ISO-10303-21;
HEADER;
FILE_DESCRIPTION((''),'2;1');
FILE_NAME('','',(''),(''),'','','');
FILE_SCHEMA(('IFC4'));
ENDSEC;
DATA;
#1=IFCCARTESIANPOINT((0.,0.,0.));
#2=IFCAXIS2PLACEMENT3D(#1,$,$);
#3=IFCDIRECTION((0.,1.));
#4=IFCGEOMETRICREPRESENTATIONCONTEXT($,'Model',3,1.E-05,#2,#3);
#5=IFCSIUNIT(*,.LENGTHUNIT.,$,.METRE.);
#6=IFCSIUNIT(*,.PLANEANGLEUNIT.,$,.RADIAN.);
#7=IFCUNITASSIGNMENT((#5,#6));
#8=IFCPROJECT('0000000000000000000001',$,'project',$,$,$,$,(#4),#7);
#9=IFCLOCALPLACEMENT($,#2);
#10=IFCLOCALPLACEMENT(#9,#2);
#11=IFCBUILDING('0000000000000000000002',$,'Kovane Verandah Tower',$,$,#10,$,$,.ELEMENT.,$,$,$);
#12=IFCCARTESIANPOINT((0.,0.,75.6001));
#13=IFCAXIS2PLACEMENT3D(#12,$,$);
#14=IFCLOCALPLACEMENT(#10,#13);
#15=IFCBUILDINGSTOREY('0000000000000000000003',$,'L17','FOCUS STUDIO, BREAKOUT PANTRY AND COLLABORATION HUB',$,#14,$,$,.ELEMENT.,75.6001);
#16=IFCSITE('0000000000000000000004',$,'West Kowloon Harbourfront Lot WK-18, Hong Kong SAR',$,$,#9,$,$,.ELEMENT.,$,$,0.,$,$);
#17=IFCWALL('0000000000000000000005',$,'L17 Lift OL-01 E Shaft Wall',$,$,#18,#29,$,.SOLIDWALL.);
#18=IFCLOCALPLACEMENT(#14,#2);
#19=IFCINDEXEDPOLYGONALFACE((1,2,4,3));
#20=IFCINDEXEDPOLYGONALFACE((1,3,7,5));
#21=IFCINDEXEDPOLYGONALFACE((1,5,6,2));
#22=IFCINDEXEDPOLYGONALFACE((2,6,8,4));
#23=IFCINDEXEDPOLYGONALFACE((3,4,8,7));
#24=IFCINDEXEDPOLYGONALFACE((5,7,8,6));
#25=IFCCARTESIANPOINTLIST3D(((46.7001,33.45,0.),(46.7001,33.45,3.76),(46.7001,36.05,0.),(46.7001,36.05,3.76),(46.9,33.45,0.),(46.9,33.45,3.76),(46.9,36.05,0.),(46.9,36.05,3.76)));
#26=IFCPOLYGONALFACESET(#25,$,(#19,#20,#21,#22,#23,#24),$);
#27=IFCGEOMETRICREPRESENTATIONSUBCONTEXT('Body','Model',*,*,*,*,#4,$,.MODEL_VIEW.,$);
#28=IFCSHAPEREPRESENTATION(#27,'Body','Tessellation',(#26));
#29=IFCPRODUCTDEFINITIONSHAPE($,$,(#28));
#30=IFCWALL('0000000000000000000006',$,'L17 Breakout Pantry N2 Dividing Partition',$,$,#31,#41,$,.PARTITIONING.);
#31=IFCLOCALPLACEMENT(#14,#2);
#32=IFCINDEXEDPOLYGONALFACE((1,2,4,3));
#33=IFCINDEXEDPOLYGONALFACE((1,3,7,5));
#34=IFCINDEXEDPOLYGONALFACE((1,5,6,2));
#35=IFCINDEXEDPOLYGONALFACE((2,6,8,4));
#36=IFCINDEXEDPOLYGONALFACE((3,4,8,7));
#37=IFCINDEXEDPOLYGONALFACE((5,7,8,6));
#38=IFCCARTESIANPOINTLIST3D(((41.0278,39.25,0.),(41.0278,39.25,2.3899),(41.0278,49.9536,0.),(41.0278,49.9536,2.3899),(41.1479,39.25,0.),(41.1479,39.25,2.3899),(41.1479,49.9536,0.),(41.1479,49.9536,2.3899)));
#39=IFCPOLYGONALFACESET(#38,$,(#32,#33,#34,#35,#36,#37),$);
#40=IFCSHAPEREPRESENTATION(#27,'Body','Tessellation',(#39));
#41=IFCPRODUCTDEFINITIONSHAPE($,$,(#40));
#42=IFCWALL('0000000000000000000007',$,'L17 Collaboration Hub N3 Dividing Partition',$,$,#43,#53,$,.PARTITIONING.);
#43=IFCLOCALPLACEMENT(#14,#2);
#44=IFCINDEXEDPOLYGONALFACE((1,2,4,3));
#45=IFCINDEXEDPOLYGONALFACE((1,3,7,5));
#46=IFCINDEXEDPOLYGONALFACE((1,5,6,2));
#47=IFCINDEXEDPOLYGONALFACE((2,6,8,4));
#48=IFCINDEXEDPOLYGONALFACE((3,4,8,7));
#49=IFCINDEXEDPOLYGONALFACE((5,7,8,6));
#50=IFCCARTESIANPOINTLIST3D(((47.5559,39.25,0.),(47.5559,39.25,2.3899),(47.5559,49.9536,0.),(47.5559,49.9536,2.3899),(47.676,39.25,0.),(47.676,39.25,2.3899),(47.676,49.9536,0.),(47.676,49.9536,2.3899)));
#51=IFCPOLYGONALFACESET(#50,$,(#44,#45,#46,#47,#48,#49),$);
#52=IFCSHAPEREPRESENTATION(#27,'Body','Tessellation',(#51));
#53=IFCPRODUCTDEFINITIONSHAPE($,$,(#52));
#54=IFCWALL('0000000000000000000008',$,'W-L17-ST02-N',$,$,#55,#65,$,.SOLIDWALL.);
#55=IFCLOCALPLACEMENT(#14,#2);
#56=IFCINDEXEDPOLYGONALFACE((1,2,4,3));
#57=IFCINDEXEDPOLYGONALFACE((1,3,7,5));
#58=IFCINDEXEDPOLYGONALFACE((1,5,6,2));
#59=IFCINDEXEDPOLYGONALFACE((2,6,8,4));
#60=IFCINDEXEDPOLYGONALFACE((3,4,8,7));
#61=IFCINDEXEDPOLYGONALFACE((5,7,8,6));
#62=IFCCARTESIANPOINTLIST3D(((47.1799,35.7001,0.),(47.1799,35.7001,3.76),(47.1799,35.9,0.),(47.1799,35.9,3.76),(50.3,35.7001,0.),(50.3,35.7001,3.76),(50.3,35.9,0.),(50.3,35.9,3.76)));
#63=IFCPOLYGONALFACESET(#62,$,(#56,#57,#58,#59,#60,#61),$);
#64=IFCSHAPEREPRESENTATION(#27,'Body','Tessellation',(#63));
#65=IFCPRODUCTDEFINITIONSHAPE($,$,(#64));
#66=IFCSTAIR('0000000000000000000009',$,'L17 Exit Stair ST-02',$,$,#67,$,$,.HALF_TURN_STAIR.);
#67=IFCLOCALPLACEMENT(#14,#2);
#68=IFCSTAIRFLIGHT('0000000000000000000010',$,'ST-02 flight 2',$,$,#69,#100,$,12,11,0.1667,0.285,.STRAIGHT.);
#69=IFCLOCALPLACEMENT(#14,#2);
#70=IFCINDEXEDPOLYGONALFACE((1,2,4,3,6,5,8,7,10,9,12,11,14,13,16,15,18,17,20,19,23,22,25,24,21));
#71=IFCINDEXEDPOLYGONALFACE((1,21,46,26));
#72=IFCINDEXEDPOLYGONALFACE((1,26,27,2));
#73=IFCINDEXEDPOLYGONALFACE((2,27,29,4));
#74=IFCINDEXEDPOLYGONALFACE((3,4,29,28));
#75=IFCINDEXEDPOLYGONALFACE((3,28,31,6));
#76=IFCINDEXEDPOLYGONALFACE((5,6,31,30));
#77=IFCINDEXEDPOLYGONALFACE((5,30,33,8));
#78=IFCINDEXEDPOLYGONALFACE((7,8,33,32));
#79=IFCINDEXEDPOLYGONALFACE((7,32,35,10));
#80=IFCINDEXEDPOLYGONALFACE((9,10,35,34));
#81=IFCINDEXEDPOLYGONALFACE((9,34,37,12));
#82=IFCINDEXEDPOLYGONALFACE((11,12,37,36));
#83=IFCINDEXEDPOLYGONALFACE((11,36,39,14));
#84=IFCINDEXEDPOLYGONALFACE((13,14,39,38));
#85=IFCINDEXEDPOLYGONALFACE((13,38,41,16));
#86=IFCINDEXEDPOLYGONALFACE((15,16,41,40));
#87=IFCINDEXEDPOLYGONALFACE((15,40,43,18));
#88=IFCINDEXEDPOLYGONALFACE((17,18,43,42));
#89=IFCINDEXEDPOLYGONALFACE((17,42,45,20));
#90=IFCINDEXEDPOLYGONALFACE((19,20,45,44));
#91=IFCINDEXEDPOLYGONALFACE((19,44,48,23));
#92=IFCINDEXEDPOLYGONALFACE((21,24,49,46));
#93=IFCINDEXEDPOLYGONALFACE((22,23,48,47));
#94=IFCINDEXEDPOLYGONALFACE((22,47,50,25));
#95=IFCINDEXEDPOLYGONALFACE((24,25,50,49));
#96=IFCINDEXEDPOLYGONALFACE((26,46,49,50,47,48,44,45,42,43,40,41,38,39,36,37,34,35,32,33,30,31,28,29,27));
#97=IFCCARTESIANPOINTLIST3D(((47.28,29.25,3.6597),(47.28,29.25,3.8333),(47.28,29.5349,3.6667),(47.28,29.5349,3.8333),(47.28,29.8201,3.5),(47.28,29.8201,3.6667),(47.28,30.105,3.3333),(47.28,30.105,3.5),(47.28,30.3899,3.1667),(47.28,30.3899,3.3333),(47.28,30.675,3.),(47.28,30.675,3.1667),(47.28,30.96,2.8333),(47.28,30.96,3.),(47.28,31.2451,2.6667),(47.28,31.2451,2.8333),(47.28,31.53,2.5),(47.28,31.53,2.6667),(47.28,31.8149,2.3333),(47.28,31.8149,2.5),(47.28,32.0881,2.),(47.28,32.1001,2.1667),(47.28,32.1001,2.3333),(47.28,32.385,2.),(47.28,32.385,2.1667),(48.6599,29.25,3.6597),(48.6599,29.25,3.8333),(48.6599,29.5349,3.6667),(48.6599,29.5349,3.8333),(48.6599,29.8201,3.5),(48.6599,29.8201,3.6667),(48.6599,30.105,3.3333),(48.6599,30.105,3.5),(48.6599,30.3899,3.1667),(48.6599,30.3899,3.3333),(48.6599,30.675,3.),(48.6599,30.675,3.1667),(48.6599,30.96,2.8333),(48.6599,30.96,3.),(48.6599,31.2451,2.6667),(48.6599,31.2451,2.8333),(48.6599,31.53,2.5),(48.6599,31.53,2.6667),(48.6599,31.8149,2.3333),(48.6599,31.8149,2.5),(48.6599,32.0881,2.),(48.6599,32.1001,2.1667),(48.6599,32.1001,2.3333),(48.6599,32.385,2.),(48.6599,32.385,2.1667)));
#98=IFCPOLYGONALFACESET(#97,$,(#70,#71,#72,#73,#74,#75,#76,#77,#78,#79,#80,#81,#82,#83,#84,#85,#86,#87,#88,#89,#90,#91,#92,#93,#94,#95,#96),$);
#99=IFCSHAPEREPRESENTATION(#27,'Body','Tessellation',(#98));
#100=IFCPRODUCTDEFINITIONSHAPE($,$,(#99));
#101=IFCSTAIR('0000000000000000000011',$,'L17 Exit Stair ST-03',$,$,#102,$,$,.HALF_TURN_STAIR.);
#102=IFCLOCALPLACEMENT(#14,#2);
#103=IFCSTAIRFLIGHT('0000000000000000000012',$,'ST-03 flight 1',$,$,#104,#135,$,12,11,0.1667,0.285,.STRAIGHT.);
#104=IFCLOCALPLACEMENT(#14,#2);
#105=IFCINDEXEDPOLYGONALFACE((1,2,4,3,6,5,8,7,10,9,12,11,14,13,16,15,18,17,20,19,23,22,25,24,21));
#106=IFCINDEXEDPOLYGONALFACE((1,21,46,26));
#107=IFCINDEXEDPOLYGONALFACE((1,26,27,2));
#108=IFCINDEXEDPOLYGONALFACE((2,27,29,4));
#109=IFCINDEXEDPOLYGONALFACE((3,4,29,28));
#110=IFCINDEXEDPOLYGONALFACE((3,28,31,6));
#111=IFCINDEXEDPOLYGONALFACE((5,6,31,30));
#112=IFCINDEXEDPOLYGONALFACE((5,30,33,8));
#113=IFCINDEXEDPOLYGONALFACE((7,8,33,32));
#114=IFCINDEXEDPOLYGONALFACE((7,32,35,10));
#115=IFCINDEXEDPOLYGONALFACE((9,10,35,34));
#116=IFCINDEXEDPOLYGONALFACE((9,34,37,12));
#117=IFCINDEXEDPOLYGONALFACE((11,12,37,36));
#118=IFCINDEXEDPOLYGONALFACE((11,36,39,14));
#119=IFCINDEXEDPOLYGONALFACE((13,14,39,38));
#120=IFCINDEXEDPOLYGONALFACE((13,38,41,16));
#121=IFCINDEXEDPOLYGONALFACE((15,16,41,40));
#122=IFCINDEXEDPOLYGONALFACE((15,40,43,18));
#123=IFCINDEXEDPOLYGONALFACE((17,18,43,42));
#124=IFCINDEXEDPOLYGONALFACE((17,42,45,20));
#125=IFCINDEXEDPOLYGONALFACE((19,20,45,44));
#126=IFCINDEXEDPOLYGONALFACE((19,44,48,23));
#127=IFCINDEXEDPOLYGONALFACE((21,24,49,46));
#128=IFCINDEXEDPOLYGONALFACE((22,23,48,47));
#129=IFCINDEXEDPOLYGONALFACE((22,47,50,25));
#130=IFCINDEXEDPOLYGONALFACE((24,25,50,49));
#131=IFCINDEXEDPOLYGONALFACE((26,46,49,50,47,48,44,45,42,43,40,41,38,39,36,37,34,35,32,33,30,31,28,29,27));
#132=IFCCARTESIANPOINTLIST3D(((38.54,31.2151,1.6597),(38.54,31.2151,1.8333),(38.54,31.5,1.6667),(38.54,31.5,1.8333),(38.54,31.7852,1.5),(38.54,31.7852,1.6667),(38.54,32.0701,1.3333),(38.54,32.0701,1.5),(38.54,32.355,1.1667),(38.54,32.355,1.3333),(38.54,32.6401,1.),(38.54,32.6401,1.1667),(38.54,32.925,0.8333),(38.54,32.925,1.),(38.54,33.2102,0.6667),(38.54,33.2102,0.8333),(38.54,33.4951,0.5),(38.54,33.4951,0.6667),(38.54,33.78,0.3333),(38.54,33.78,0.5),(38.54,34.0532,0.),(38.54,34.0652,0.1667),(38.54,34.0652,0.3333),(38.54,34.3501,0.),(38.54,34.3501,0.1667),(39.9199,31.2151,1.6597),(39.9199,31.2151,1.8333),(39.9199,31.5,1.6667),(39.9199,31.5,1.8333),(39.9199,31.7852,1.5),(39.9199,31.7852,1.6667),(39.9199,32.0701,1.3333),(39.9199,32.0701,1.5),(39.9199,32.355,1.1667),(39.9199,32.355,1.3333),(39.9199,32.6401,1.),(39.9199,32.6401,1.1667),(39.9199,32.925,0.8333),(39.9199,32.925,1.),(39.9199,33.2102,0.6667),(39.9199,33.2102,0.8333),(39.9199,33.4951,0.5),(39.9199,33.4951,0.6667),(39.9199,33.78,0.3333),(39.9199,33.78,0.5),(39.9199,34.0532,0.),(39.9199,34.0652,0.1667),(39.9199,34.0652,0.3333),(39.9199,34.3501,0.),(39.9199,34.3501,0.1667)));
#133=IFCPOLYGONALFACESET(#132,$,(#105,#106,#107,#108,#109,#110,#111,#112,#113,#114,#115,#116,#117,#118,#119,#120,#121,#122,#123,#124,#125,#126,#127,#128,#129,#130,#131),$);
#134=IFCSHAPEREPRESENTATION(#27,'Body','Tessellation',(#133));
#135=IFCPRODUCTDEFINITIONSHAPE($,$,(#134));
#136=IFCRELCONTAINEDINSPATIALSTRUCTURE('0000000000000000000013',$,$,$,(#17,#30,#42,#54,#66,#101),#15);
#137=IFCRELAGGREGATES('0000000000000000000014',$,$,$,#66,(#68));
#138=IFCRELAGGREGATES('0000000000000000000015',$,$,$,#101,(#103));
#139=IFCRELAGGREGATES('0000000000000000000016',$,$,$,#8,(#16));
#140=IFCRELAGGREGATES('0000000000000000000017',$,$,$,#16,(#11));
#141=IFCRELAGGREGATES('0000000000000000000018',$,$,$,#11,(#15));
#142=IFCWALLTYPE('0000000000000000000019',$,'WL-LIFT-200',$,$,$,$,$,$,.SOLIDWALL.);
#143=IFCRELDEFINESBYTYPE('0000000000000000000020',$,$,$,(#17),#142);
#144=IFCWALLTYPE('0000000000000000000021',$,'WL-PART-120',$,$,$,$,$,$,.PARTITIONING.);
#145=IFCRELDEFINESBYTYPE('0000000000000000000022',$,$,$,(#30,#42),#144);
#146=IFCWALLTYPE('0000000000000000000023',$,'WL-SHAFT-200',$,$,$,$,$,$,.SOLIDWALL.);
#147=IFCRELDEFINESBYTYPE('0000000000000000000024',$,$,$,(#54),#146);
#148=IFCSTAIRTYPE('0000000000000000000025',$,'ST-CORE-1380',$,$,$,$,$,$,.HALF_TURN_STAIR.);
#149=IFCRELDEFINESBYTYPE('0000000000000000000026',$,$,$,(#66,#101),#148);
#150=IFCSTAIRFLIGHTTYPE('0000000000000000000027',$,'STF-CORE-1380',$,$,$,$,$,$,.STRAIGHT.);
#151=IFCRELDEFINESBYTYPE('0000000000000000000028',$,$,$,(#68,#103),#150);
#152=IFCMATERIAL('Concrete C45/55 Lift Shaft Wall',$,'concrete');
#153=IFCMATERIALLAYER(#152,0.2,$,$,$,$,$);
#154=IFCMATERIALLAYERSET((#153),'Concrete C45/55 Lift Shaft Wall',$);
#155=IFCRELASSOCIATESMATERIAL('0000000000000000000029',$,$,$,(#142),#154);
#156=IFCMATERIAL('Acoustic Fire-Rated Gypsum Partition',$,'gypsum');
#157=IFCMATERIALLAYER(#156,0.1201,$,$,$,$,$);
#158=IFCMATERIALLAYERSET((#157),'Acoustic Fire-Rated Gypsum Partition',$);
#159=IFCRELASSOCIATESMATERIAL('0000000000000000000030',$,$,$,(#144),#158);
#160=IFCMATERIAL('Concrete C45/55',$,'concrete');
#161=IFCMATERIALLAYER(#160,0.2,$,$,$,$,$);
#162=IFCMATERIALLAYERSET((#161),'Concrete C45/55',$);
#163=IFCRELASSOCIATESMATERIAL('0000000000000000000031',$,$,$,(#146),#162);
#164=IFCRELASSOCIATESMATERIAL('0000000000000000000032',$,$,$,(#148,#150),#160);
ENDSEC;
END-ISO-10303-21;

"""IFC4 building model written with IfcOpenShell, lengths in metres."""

from ifc_helpers import new_model, si_unit, direction, frame, frame_2d, origin, place, context, subcontext, project, spatial, polyline, rectangle, outline, extrude, material, layer, layer_set, type_object, element, aggregate, save


model = new_model("IFC4")

# Units and contexts
model_context = context("Model", 3, precision=1e-05, world=origin(), true_north=direction((0.0, 1.0)))
body_context = subcontext(model_context, "Body", "Model", "MODEL_VIEW")
ifc_project = project(units=[si_unit("LENGTHUNIT", "METRE"), si_unit("PLANEANGLEUNIT", "RADIAN")], contexts=[model_context])

# Site, building, storey
site_placement = place(None, origin())
site = spatial("IfcSite", under=ifc_project, at=site_placement, Name="West Kowloon Harbourfront Lot WK-18, Hong Kong SAR", CompositionType="ELEMENT", RefElevation=0.0)
building_placement = place(site_placement, origin())
building = spatial("IfcBuilding", under=site, at=building_placement, Name="Kovane Verandah Tower", CompositionType="ELEMENT")
storey_placement = place(building_placement, frame((0.0, 0.0, 75.6001)))
storey = spatial("IfcBuildingStorey", under=building, at=storey_placement, Name="L17", Description="FOCUS STUDIO, BREAKOUT PANTRY AND COLLABORATION HUB", CompositionType="ELEMENT", Elevation=75.6001)

# Walls
ifc_material_1 = material(Name="Concrete C45/55 Lift Shaft Wall", Category="concrete")
ifc_layer_1 = layer(ifc_material_1, 0.2)
ifc_layer_set_1 = layer_set([ifc_layer_1], Name="Concrete C45/55 Lift Shaft Wall")
wall_type_1 = type_object("IfcWallType", Name="WL-LIFT-200", PredefinedType="SOLIDWALL", material=ifc_layer_set_1)
wall_1_placement = place(storey_placement, frame((46.8, 33.45, 0.0), z_axis=(0.0, 0.0, 1.0), x_axis=(0.0, 1.0, 0.0)))
element("IfcWall", 1, at=wall_1_placement, inside=storey, type_object=wall_type_1, Name="L17 Lift OL-01 E Shaft Wall", PredefinedType="SOLIDWALL", context=body_context, shape_type="SweptSolid", body=[
    extrude(rectangle(XDim=2.6001, YDim=0.2, at=frame_2d((1.3, 0.0))), origin(), (0.0, 0.0, 1.0), 3.76),
])
ifc_material_2 = material(Name="Acoustic Fire-Rated Gypsum Partition", Category="gypsum")
ifc_layer_2 = layer(ifc_material_2, 0.1201)
ifc_layer_set_2 = layer_set([ifc_layer_2], Name="Acoustic Fire-Rated Gypsum Partition")
wall_type_2 = type_object("IfcWallType", Name="WL-PART-120", PredefinedType="PARTITIONING", material=ifc_layer_set_2)
for number, where, z_axis, x_axis, name in (
    (2, (41.0879, 39.25, 0.0), (0.0, 0.0, 1.0), (0.0, 1.0, 0.0), "L17 Breakout Pantry N2 Dividing Partition"),
    (3, (47.616, 39.25, 0.0), (0.0, 0.0, 1.0), (0.0, 1.0, 0.0), "L17 Collaboration Hub N3 Dividing Partition"),
):
    element("IfcWall", number, at=place(storey_placement, frame(where, z_axis=z_axis, x_axis=x_axis)), inside=storey, type_object=wall_type_2, Name=name, PredefinedType="PARTITIONING", context=body_context, shape_type="SweptSolid", body=[
        extrude(rectangle(XDim=10.7036, YDim=0.1201, at=frame_2d((5.3518, 0.0))), origin(), (0.0, 0.0, 1.0), 2.3899),
    ])
ifc_material_3 = material(Name="Concrete C45/55", Category="concrete")
ifc_layer_3 = layer(ifc_material_3, 0.2)
ifc_layer_set_3 = layer_set([ifc_layer_3], Name="Concrete C45/55")
wall_type_3 = type_object("IfcWallType", Name="WL-SHAFT-200", PredefinedType="SOLIDWALL", material=ifc_layer_set_3)
wall_2_placement = place(storey_placement, frame((47.1799, 35.8, 0.0), z_axis=(0.0, 0.0, 1.0), x_axis=(1.0, 0.0, 0.0)))
element("IfcWall", 4, at=wall_2_placement, inside=storey, type_object=wall_type_3, Name="W-L17-ST02-N", PredefinedType="SOLIDWALL", context=body_context, shape_type="SweptSolid", body=[
    extrude(rectangle(XDim=3.1201, YDim=0.2, at=frame_2d((1.5601, 0.0))), origin(), (0.0, 0.0, 1.0), 3.76),
])

# Stairs, stair flights
stair_type = type_object("IfcStairType", Name="ST-CORE-1380", PredefinedType="HALF_TURN_STAIR", material=ifc_material_3)
stair_1_placement = place(storey_placement, origin())
stair_1 = element("IfcStair", 5, at=stair_1_placement, inside=storey, type_object=stair_type, Name="L17 Exit Stair ST-02", PredefinedType="HALF_TURN_STAIR")
stair_flight_type = type_object("IfcStairFlightType", Name="STF-CORE-1380", PredefinedType="STRAIGHT", material=ifc_material_3)
stair_flight_1_placement = place(storey_placement, frame((47.97, 32.385, 2.0), z_axis=(0.0, 0.0, 1.0), x_axis=(0.0, -1.0, 0.0)))
stair_flight_1 = element("IfcStairFlight", 6, at=stair_flight_1_placement, type_object=stair_flight_type, Name="ST-02 flight 2", NumberOfRisers=12, NumberOfTreads=11, PredefinedType="STRAIGHT", RiserHeight=0.1667, TreadLength=0.285, context=body_context, shape_type="SweptSolid", body=[
    extrude(outline(polyline([(0.0, 0.0), (0.0, 0.1667), (0.2849, 0.1667), (0.2849, 0.3333), (0.5701, 0.3333), (0.5701, 0.5), (0.855, 0.5), (0.855, 0.6667), (1.1399, 0.6667), (1.1399, 0.8333), (1.425, 0.8333), (1.425, 1.0), (1.71, 1.0), (1.71, 1.1667), (1.9951, 1.1667), (1.9951, 1.3333), (2.28, 1.3333), (2.28, 1.5), (2.5649, 1.5), (2.5649, 1.6667), (2.8501, 1.6667), (2.8501, 1.8333), (3.135, 1.8333), (3.135, 2.0), (3.135, 1.6597), (0.2969, 0.0), (0.0, 0.0)])), frame((0.0, 0.6899, 0.0), z_axis=(0.0, -1.0, 0.0), x_axis=(1.0, 0.0, 0.0)), (0.0, 0.0, 1.0), 1.3799),
])
aggregate(stair_1, [stair_flight_1])
stair_2_placement = place(storey_placement, origin())
stair_2 = element("IfcStair", 7, at=stair_2_placement, inside=storey, type_object=stair_type, Name="L17 Exit Stair ST-03", PredefinedType="HALF_TURN_STAIR")
stair_flight_2_placement = place(storey_placement, frame((39.23, 34.3501, 0.0), z_axis=(0.0, 0.0, 1.0), x_axis=(0.0, -1.0, 0.0)))
stair_flight_2 = element("IfcStairFlight", 8, at=stair_flight_2_placement, type_object=stair_flight_type, Name="ST-03 flight 1", NumberOfRisers=12, NumberOfTreads=11, PredefinedType="STRAIGHT", RiserHeight=0.1667, TreadLength=0.285, context=body_context, shape_type="SweptSolid", body=[
    extrude(outline(polyline([(0.0, 0.0), (0.0, 0.1667), (0.2849, 0.1667), (0.2849, 0.3333), (0.5701, 0.3333), (0.5701, 0.5), (0.855, 0.5), (0.855, 0.6667), (1.1399, 0.6667), (1.1399, 0.8333), (1.425, 0.8333), (1.425, 1.0), (1.71, 1.0), (1.71, 1.1667), (1.9951, 1.1667), (1.9951, 1.3333), (2.28, 1.3333), (2.28, 1.5), (2.5649, 1.5), (2.5649, 1.6667), (2.8501, 1.6667), (2.8501, 1.8333), (3.135, 1.8333), (3.135, 2.0), (3.135, 1.6597), (0.2969, 0.0), (0.0, 0.0)])), frame((0.0, 0.6899, 0.0), z_axis=(0.0, -1.0, 0.0), x_axis=(1.0, 0.0, 0.0)), (0.0, 0.0, 1.0), 1.3799),
])
aggregate(stair_2, [stair_flight_2])

save(model, "model.ifc")
